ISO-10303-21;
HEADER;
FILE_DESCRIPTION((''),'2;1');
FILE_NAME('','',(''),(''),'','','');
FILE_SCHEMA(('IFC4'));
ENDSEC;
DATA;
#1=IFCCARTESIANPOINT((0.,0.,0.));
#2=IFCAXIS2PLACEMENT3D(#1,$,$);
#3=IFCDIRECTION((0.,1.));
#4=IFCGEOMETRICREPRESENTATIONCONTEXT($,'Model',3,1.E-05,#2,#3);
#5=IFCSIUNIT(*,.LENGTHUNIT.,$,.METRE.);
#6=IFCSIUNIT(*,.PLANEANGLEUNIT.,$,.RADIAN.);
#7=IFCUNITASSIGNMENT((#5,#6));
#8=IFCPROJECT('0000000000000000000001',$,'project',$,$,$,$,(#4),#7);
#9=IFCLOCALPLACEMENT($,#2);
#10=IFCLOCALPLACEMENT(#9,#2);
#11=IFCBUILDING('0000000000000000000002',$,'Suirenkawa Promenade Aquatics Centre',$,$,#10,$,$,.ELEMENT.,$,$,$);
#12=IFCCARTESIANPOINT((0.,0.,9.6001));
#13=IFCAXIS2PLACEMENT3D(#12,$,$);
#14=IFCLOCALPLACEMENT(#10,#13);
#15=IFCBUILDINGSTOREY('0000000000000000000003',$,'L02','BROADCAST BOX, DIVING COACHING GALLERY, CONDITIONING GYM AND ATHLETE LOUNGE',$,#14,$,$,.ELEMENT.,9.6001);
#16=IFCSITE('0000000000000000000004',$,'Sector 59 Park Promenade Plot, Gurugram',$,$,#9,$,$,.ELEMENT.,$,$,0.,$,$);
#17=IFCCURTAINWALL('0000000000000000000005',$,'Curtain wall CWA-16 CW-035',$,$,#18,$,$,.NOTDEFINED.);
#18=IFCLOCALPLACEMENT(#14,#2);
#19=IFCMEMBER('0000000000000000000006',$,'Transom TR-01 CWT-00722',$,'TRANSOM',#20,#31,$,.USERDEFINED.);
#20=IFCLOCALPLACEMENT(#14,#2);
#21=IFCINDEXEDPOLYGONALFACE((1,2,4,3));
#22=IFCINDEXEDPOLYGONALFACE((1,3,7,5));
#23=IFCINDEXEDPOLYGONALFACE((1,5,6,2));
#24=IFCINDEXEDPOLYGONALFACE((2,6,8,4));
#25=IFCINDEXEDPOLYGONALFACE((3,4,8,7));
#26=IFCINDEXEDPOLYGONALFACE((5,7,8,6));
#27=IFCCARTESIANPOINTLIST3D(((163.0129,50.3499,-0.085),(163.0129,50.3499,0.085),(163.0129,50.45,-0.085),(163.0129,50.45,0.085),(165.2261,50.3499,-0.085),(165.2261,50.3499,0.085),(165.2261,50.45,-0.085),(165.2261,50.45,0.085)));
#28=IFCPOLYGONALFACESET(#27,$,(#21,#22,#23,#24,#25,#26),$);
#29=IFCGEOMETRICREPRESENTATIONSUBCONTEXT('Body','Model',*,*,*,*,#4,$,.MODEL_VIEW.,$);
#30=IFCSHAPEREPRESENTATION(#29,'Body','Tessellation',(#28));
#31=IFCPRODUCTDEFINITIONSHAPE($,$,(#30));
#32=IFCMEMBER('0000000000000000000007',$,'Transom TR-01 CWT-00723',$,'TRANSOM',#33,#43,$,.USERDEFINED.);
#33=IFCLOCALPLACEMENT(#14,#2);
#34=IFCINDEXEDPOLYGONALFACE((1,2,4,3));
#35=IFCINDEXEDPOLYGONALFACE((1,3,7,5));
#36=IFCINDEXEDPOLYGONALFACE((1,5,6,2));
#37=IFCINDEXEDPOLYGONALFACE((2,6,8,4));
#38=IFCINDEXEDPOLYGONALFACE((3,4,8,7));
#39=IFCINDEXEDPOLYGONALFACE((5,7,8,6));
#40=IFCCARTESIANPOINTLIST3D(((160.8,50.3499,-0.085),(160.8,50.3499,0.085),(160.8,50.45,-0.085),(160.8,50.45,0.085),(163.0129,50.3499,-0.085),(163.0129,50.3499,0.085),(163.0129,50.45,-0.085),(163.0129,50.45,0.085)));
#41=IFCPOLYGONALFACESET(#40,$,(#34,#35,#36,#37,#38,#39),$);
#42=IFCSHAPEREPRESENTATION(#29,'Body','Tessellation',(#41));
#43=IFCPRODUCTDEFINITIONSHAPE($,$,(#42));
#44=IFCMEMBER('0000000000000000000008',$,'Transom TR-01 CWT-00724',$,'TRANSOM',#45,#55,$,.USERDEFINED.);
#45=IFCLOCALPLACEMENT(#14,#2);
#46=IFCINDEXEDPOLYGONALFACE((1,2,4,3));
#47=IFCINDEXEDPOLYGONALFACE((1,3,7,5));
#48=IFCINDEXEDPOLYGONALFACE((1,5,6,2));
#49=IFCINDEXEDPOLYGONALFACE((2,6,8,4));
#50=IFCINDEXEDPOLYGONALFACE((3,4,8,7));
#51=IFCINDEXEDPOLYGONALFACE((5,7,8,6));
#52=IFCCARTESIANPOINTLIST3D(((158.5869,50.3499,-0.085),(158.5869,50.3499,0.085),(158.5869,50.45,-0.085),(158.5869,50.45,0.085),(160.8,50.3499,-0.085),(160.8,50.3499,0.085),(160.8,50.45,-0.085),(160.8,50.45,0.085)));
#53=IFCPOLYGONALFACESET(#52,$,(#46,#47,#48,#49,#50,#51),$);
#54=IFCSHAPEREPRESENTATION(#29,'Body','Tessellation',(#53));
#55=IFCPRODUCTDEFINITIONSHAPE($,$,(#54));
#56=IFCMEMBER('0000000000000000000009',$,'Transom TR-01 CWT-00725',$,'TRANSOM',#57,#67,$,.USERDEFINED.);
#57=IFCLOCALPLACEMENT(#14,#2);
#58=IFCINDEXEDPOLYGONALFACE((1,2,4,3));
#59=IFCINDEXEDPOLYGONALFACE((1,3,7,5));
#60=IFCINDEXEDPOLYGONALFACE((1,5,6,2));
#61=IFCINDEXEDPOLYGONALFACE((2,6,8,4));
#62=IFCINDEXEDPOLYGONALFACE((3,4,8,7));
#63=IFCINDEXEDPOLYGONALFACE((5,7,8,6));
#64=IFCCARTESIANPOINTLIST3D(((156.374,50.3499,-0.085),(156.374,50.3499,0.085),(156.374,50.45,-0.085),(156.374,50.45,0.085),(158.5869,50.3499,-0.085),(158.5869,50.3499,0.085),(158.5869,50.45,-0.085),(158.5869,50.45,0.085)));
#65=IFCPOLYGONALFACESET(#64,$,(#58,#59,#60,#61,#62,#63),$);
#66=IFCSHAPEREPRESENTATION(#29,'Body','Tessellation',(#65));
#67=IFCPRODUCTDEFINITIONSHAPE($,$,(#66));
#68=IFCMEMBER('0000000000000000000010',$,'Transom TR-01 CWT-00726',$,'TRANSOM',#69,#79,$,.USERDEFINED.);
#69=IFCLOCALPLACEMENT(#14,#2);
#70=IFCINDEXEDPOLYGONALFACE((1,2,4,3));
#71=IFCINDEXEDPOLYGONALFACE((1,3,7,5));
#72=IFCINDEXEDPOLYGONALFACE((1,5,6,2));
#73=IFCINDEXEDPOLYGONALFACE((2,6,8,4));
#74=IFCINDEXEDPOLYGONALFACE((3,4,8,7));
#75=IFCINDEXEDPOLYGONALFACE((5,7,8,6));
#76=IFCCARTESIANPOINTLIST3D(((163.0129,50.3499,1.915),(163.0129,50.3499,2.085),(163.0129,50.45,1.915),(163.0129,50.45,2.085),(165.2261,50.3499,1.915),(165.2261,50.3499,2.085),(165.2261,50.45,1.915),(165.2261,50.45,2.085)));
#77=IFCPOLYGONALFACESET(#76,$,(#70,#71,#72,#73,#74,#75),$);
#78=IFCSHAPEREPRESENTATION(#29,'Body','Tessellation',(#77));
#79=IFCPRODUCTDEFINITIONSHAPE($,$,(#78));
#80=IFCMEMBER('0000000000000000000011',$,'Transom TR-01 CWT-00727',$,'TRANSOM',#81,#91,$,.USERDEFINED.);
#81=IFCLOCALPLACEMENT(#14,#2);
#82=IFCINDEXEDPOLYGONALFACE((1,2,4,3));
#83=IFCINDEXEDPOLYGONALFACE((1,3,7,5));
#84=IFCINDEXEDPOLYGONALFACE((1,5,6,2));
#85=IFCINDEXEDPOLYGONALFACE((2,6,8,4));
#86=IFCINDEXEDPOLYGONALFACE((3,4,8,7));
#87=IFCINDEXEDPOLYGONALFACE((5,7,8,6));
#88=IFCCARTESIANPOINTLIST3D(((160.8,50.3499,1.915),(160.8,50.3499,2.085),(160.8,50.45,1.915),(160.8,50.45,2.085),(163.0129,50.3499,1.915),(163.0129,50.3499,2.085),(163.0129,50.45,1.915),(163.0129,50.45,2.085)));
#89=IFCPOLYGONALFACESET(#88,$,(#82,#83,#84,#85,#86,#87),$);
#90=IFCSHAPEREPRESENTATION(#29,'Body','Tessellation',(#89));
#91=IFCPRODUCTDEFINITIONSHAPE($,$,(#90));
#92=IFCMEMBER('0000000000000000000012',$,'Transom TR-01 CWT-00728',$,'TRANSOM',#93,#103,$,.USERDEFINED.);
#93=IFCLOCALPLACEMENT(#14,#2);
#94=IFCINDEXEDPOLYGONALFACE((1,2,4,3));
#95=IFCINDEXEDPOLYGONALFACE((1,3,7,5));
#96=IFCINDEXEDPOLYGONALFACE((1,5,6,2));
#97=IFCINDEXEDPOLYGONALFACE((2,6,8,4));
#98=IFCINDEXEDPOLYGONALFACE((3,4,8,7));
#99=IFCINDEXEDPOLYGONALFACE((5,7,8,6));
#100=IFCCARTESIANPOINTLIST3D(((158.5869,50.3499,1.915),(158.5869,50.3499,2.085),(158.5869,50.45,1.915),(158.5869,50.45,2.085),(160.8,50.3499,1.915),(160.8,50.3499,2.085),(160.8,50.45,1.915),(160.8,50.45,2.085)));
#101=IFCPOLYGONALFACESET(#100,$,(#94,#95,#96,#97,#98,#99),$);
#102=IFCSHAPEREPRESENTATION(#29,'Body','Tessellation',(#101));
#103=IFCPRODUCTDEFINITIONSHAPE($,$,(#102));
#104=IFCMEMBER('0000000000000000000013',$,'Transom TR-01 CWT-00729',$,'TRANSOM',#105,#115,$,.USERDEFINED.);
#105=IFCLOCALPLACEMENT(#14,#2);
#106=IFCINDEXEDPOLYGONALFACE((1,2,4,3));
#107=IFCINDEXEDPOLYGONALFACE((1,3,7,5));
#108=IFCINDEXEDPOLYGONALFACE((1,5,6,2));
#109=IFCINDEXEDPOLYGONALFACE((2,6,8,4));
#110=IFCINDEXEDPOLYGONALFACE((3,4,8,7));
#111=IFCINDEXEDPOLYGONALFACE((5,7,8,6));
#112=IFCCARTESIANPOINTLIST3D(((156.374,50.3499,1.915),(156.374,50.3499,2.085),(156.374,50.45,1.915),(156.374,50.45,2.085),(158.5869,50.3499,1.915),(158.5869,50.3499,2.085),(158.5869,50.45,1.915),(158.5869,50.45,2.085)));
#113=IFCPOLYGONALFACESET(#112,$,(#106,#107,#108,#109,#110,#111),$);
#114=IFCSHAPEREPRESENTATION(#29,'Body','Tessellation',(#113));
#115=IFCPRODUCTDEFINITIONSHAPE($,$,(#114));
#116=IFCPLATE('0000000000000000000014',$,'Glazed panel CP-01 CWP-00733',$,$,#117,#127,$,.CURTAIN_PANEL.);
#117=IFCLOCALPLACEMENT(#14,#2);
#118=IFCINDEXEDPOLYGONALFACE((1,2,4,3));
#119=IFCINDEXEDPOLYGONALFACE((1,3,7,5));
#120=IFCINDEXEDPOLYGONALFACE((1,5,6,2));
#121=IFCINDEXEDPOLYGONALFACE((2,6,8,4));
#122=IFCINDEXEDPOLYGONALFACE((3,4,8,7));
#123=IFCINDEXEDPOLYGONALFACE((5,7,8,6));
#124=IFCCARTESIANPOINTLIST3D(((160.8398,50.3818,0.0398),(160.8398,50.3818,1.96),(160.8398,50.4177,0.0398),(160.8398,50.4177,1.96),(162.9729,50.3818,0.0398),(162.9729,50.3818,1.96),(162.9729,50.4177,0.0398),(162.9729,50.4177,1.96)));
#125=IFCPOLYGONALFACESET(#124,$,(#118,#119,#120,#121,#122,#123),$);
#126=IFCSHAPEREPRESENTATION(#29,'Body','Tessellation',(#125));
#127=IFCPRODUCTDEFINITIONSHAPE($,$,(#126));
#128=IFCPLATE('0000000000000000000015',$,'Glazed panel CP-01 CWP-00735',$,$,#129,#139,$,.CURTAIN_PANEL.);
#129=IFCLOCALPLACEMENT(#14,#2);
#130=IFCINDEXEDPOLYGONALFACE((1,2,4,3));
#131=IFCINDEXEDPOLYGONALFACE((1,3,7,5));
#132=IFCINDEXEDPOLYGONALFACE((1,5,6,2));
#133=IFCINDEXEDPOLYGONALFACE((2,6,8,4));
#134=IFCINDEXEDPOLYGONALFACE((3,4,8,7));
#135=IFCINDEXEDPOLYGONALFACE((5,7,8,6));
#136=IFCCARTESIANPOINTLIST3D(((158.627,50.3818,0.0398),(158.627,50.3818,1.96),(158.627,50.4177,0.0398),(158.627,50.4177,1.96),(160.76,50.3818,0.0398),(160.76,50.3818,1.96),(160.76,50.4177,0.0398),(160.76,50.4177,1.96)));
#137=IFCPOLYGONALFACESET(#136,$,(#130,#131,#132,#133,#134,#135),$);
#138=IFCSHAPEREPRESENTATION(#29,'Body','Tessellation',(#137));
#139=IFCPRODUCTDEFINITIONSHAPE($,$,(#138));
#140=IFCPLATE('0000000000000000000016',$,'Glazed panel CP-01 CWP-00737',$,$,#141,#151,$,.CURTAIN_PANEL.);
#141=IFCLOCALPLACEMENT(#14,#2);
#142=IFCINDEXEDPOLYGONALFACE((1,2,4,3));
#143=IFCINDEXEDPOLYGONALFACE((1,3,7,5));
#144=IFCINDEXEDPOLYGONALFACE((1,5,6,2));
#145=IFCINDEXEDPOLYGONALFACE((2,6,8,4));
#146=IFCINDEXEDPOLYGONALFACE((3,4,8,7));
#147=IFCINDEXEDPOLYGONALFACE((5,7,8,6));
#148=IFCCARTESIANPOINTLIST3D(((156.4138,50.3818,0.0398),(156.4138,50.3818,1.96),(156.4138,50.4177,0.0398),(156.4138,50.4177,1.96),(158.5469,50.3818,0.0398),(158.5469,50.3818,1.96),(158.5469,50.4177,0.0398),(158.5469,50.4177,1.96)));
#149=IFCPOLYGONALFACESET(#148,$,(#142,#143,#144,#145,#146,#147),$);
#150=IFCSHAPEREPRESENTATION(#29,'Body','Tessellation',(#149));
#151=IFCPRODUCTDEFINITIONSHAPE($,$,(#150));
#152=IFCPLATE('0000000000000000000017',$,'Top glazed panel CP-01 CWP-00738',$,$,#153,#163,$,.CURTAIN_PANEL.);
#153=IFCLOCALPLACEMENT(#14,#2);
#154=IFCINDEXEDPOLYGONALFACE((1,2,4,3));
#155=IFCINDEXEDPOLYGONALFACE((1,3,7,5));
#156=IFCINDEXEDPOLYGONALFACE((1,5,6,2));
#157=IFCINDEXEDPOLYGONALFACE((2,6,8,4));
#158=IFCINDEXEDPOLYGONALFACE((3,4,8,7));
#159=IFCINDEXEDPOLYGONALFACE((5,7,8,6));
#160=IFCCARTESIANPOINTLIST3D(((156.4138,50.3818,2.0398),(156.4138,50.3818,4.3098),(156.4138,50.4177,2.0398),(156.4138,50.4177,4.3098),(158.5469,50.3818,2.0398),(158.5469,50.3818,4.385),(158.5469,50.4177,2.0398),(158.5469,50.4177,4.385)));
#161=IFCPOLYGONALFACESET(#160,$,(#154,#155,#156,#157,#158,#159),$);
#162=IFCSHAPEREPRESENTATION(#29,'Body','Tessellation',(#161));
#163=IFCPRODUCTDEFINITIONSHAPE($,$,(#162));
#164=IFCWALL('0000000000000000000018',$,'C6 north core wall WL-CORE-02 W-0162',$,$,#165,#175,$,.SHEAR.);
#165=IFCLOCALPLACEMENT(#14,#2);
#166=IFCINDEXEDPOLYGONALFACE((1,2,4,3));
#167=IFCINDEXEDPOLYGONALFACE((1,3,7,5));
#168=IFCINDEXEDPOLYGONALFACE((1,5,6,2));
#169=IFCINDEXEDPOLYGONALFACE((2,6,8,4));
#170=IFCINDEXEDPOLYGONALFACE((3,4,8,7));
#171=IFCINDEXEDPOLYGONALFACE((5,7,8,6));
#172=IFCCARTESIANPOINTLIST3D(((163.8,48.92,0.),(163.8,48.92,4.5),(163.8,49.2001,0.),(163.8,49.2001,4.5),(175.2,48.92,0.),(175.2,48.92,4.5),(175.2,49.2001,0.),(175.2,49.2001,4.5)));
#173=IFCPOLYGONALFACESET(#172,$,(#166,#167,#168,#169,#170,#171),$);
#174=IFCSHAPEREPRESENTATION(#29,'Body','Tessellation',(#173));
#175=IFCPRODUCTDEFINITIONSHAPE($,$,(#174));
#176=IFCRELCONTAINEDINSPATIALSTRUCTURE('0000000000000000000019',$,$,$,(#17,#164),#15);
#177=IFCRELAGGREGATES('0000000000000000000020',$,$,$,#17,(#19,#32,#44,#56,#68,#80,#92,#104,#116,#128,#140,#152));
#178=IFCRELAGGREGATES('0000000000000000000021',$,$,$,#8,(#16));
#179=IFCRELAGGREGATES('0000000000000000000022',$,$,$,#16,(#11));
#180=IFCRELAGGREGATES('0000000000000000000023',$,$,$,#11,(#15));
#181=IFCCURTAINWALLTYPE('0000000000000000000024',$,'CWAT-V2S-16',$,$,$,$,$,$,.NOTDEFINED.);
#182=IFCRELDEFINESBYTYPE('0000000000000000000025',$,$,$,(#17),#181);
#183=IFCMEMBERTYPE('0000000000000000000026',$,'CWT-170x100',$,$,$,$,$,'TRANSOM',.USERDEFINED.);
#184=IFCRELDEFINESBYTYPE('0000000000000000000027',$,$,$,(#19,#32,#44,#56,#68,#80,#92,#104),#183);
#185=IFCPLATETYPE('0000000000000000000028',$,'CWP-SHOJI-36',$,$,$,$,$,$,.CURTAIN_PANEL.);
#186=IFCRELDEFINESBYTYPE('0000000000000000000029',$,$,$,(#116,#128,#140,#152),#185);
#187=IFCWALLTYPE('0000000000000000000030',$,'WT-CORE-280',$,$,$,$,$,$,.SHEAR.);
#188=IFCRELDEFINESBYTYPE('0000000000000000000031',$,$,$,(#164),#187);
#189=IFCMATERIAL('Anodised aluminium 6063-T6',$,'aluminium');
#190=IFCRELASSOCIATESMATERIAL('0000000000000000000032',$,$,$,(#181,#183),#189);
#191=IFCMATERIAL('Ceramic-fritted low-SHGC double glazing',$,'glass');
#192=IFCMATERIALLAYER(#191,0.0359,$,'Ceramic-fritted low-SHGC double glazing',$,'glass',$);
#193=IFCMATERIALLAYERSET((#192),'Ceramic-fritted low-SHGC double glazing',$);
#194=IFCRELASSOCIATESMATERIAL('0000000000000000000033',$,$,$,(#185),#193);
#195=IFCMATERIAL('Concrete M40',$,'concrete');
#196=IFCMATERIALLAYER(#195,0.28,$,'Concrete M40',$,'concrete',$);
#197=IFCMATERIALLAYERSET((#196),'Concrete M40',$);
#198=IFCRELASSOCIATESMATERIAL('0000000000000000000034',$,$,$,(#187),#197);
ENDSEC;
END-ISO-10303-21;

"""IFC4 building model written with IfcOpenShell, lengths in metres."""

from ifc_helpers import new_model, si_unit, direction, frame, frame_2d, origin, origin_2d, place, context, subcontext, project, spatial, polyline, rectangle, outline, extrude, material, layer, layer_set, material_profile, profile_set, type_object, element, aggregate, save


model = new_model("IFC4")

# Units and contexts
model_context = context("Model", 3, precision=1e-05, world=origin(), true_north=direction((0.0, 1.0)))
body_context = subcontext(model_context, "Body", "Model", "MODEL_VIEW")
ifc_project = project(units=[si_unit("LENGTHUNIT", "METRE"), si_unit("PLANEANGLEUNIT", "RADIAN")], contexts=[model_context])

# Site, building, storey
site_placement = place(None, origin())
site = spatial("IfcSite", under=ifc_project, at=site_placement, Name="Sector 59 Park Promenade Plot, Gurugram", CompositionType="ELEMENT", RefElevation=0.0)
building_placement = place(site_placement, origin())
building = spatial("IfcBuilding", under=site, at=building_placement, Name="Suirenkawa Promenade Aquatics Centre", CompositionType="ELEMENT")
storey_placement = place(building_placement, frame((0.0, 0.0, 9.6001)))
storey = spatial("IfcBuildingStorey", under=building, at=storey_placement, Name="L02", Description="BROADCAST BOX, DIVING COACHING GALLERY, CONDITIONING GYM AND ATHLETE LOUNGE", CompositionType="ELEMENT", Elevation=9.6001)

# Shared definitions
ifc_material_1 = material(Name="Concrete M40", Category="concrete")

# Curtain wall, members, plates
ifc_material_2 = material(Name="Anodised aluminium 6063-T6", Category="aluminium")
curtain_wall_type = type_object("IfcCurtainWallType", Name="CWAT-V2S-16", PredefinedType="NOTDEFINED", material=ifc_material_2)
curtain_wall_placement = place(storey_placement, origin())
curtain_wall = element("IfcCurtainWall", 1, at=curtain_wall_placement, inside=storey, type_object=curtain_wall_type, Name="Curtain wall CWA-16 CW-035", PredefinedType="NOTDEFINED")
ifc_material_profile_1 = material_profile(ifc_material_2, rectangle(XDim=0.1001, YDim=0.1699, at=origin_2d()), Name="ALU TRAN 100x170", Category="aluminium")
ifc_profile_set_1 = profile_set([ifc_material_profile_1], Name="Anodised aluminium 6063-T6")
member_type_1 = type_object("IfcMemberType", Name="CWT-170x100", ElementType="TRANSOM", PredefinedType="USERDEFINED", material=ifc_profile_set_1)
member_1_placement = place(storey_placement, frame((165.2261, 50.3999, 0.0), z_axis=(-1.0, 0.0, 0.0), x_axis=(0.0, -1.0, 0.0)))
member_1 = element("IfcMember", 2, at=member_1_placement, type_object=member_type_1, Name="Transom TR-01 CWT-00722", ObjectType="TRANSOM", PredefinedType="USERDEFINED", context=body_context, shape_type="SweptSolid", body=[
    extrude(rectangle(XDim=0.1001, YDim=0.1699, at=origin_2d()), origin(), (0.0, 0.0, 1.0), 2.2131),
])
member_2_placement = place(storey_placement, frame((163.0129, 50.3999, 0.0), z_axis=(-1.0, 0.0, 0.0), x_axis=(0.0, -1.0, 0.0)))
member_2 = element("IfcMember", 3, at=member_2_placement, type_object=member_type_1, Name="Transom TR-01 CWT-00723", ObjectType="TRANSOM", PredefinedType="USERDEFINED", context=body_context, shape_type="SweptSolid", body=[
    extrude(rectangle(XDim=0.1001, YDim=0.1699, at=origin_2d()), origin(), (0.0, 0.0, 1.0), 2.2129),
])
member_3_placement = place(storey_placement, frame((160.8, 50.3999, 0.0), z_axis=(-1.0, 0.0, 0.0), x_axis=(0.0, -1.0, 0.0)))
member_3 = element("IfcMember", 4, at=member_3_placement, type_object=member_type_1, Name="Transom TR-01 CWT-00724", ObjectType="TRANSOM", PredefinedType="USERDEFINED", context=body_context, shape_type="SweptSolid", body=[
    extrude(rectangle(XDim=0.1001, YDim=0.1699, at=origin_2d()), origin(), (0.0, 0.0, 1.0), 2.2131),
])
member_4_placement = place(storey_placement, frame((158.5869, 50.3999, 0.0), z_axis=(-1.0, 0.0, 0.0), x_axis=(0.0, -1.0, 0.0)))
member_4 = element("IfcMember", 5, at=member_4_placement, type_object=member_type_1, Name="Transom TR-01 CWT-00725", ObjectType="TRANSOM", PredefinedType="USERDEFINED", context=body_context, shape_type="SweptSolid", body=[
    extrude(rectangle(XDim=0.1001, YDim=0.1699, at=origin_2d()), origin(), (0.0, 0.0, 1.0), 2.2129),
])
member_5_placement = place(storey_placement, frame((165.2261, 50.3999, 2.0), z_axis=(-1.0, 0.0, 0.0), x_axis=(0.0, -1.0, 0.0)))
member_5 = element("IfcMember", 6, at=member_5_placement, type_object=member_type_1, Name="Transom TR-01 CWT-00726", ObjectType="TRANSOM", PredefinedType="USERDEFINED", context=body_context, shape_type="SweptSolid", body=[
    extrude(rectangle(XDim=0.1001, YDim=0.1699, at=origin_2d()), origin(), (0.0, 0.0, 1.0), 2.2131),
])
member_6_placement = place(storey_placement, frame((163.0129, 50.3999, 2.0), z_axis=(-1.0, 0.0, 0.0), x_axis=(0.0, -1.0, 0.0)))
member_6 = element("IfcMember", 7, at=member_6_placement, type_object=member_type_1, Name="Transom TR-01 CWT-00727", ObjectType="TRANSOM", PredefinedType="USERDEFINED", context=body_context, shape_type="SweptSolid", body=[
    extrude(rectangle(XDim=0.1001, YDim=0.1699, at=origin_2d()), origin(), (0.0, 0.0, 1.0), 2.2129),
])
member_7_placement = place(storey_placement, frame((160.8, 50.3999, 2.0), z_axis=(-1.0, 0.0, 0.0), x_axis=(0.0, -1.0, 0.0)))
member_7 = element("IfcMember", 8, at=member_7_placement, type_object=member_type_1, Name="Transom TR-01 CWT-00728", ObjectType="TRANSOM", PredefinedType="USERDEFINED", context=body_context, shape_type="SweptSolid", body=[
    extrude(rectangle(XDim=0.1001, YDim=0.1699, at=origin_2d()), origin(), (0.0, 0.0, 1.0), 2.2131),
])
member_8_placement = place(storey_placement, frame((158.5869, 50.3999, 2.0), z_axis=(-1.0, 0.0, 0.0), x_axis=(0.0, -1.0, 0.0)))
member_8 = element("IfcMember", 9, at=member_8_placement, type_object=member_type_1, Name="Transom TR-01 CWT-00729", ObjectType="TRANSOM", PredefinedType="USERDEFINED", context=body_context, shape_type="SweptSolid", body=[
    extrude(rectangle(XDim=0.1001, YDim=0.1699, at=origin_2d()), origin(), (0.0, 0.0, 1.0), 2.2129),
])
ifc_material_3 = material(Name="Ceramic-fritted low-SHGC double glazing", Category="glass")
ifc_layer_1 = layer(ifc_material_3, 0.0359, Name="Ceramic-fritted low-SHGC double glazing", Category="glass")
ifc_layer_set_1 = layer_set([ifc_layer_1], Name="Ceramic-fritted low-SHGC double glazing")
plate_type = type_object("IfcPlateType", Name="CWP-SHOJI-36", PredefinedType="CURTAIN_PANEL", material=ifc_layer_set_1)
plate_1_placement = place(storey_placement, frame((163.0129, 50.3999, 0.0398), z_axis=(0.0, 0.0, 1.0), x_axis=(-1.0, 0.0, 0.0)))
plate_1 = element("IfcPlate", 10, at=plate_1_placement, type_object=plate_type, Name="Glazed panel CP-01 CWP-00733", PredefinedType="CURTAIN_PANEL", context=body_context, shape_type="SweptSolid", body=[
    extrude(outline(polyline([(0.04, 0.0), (2.1731, 0.0), (2.1731, 1.9202), (0.04, 1.9202), (0.04, 0.0)])), frame((0.0, 0.0181, 0.0), z_axis=(0.0, -1.0, 0.0), x_axis=(1.0, 0.0, 0.0)), (0.0, 0.0, 1.0), 0.0359),
])
plate_2_placement = place(storey_placement, frame((160.8, 50.3999, 0.0398), z_axis=(0.0, 0.0, 1.0), x_axis=(-1.0, 0.0, 0.0)))
plate_2 = element("IfcPlate", 11, at=plate_2_placement, type_object=plate_type, Name="Glazed panel CP-01 CWP-00735", PredefinedType="CURTAIN_PANEL", context=body_context, shape_type="SweptSolid", body=[
    extrude(outline(polyline([(0.04, 0.0), (2.1731, 0.0), (2.1731, 1.9202), (0.04, 1.9202), (0.04, 0.0)])), frame((0.0, 0.0181, 0.0), z_axis=(0.0, -1.0, 0.0), x_axis=(1.0, 0.0, 0.0)), (0.0, 0.0, 1.0), 0.0359),
])
plate_3_placement = place(storey_placement, frame((158.5869, 50.3999, 0.0398), z_axis=(0.0, 0.0, 1.0), x_axis=(-1.0, 0.0, 0.0)))
plate_3 = element("IfcPlate", 12, at=plate_3_placement, type_object=plate_type, Name="Glazed panel CP-01 CWP-00737", PredefinedType="CURTAIN_PANEL", context=body_context, shape_type="SweptSolid", body=[
    extrude(outline(polyline([(0.04, 0.0), (2.1731, 0.0), (2.1731, 1.9202), (0.04, 1.9202), (0.04, 0.0)])), frame((0.0, 0.0181, 0.0), z_axis=(0.0, -1.0, 0.0), x_axis=(1.0, 0.0, 0.0)), (0.0, 0.0, 1.0), 0.0359),
])
plate_4_placement = place(storey_placement, frame((158.5869, 50.3999, 2.0398), z_axis=(0.0, 0.0, 1.0), x_axis=(-1.0, 0.0, 0.0)))
plate_4 = element("IfcPlate", 13, at=plate_4_placement, type_object=plate_type, Name="Top glazed panel CP-01 CWP-00738", PredefinedType="CURTAIN_PANEL", context=body_context, shape_type="SweptSolid", body=[
    extrude(outline(polyline([(0.04, 0.0), (2.1731, 0.0), (2.1731, 2.27), (0.04, 2.3452), (0.04, 0.0)])), frame((0.0, 0.0181, 0.0), z_axis=(0.0, -1.0, 0.0), x_axis=(1.0, 0.0, 0.0)), (0.0, 0.0, 1.0), 0.0359),
])
aggregate(curtain_wall, [member_1, member_2, member_3, member_4, member_5, member_6, member_7, member_8, plate_1, plate_2, plate_3, plate_4])

# Wall
ifc_layer_2 = layer(ifc_material_1, 0.28, Name="Concrete M40", Category="concrete")
ifc_layer_set_2 = layer_set([ifc_layer_2], Name="Concrete M40")
wall_type_1 = type_object("IfcWallType", Name="WT-CORE-280", PredefinedType="SHEAR", material=ifc_layer_set_2)
wall_1_placement = place(storey_placement, frame((163.8, 49.0601, 0.0), z_axis=(0.0, 0.0, 1.0), x_axis=(1.0, 0.0, 0.0)))
element("IfcWall", 14, at=wall_1_placement, inside=storey, type_object=wall_type_1, Name="C6 north core wall WL-CORE-02 W-0162", PredefinedType="SHEAR", context=body_context, shape_type="SweptSolid", body=[
    extrude(rectangle(XDim=11.3999, YDim=0.28, at=frame_2d((5.7, 0.0))), origin(), (0.0, 0.0, 1.0), 4.5),
])

save(model, "model.ifc")
